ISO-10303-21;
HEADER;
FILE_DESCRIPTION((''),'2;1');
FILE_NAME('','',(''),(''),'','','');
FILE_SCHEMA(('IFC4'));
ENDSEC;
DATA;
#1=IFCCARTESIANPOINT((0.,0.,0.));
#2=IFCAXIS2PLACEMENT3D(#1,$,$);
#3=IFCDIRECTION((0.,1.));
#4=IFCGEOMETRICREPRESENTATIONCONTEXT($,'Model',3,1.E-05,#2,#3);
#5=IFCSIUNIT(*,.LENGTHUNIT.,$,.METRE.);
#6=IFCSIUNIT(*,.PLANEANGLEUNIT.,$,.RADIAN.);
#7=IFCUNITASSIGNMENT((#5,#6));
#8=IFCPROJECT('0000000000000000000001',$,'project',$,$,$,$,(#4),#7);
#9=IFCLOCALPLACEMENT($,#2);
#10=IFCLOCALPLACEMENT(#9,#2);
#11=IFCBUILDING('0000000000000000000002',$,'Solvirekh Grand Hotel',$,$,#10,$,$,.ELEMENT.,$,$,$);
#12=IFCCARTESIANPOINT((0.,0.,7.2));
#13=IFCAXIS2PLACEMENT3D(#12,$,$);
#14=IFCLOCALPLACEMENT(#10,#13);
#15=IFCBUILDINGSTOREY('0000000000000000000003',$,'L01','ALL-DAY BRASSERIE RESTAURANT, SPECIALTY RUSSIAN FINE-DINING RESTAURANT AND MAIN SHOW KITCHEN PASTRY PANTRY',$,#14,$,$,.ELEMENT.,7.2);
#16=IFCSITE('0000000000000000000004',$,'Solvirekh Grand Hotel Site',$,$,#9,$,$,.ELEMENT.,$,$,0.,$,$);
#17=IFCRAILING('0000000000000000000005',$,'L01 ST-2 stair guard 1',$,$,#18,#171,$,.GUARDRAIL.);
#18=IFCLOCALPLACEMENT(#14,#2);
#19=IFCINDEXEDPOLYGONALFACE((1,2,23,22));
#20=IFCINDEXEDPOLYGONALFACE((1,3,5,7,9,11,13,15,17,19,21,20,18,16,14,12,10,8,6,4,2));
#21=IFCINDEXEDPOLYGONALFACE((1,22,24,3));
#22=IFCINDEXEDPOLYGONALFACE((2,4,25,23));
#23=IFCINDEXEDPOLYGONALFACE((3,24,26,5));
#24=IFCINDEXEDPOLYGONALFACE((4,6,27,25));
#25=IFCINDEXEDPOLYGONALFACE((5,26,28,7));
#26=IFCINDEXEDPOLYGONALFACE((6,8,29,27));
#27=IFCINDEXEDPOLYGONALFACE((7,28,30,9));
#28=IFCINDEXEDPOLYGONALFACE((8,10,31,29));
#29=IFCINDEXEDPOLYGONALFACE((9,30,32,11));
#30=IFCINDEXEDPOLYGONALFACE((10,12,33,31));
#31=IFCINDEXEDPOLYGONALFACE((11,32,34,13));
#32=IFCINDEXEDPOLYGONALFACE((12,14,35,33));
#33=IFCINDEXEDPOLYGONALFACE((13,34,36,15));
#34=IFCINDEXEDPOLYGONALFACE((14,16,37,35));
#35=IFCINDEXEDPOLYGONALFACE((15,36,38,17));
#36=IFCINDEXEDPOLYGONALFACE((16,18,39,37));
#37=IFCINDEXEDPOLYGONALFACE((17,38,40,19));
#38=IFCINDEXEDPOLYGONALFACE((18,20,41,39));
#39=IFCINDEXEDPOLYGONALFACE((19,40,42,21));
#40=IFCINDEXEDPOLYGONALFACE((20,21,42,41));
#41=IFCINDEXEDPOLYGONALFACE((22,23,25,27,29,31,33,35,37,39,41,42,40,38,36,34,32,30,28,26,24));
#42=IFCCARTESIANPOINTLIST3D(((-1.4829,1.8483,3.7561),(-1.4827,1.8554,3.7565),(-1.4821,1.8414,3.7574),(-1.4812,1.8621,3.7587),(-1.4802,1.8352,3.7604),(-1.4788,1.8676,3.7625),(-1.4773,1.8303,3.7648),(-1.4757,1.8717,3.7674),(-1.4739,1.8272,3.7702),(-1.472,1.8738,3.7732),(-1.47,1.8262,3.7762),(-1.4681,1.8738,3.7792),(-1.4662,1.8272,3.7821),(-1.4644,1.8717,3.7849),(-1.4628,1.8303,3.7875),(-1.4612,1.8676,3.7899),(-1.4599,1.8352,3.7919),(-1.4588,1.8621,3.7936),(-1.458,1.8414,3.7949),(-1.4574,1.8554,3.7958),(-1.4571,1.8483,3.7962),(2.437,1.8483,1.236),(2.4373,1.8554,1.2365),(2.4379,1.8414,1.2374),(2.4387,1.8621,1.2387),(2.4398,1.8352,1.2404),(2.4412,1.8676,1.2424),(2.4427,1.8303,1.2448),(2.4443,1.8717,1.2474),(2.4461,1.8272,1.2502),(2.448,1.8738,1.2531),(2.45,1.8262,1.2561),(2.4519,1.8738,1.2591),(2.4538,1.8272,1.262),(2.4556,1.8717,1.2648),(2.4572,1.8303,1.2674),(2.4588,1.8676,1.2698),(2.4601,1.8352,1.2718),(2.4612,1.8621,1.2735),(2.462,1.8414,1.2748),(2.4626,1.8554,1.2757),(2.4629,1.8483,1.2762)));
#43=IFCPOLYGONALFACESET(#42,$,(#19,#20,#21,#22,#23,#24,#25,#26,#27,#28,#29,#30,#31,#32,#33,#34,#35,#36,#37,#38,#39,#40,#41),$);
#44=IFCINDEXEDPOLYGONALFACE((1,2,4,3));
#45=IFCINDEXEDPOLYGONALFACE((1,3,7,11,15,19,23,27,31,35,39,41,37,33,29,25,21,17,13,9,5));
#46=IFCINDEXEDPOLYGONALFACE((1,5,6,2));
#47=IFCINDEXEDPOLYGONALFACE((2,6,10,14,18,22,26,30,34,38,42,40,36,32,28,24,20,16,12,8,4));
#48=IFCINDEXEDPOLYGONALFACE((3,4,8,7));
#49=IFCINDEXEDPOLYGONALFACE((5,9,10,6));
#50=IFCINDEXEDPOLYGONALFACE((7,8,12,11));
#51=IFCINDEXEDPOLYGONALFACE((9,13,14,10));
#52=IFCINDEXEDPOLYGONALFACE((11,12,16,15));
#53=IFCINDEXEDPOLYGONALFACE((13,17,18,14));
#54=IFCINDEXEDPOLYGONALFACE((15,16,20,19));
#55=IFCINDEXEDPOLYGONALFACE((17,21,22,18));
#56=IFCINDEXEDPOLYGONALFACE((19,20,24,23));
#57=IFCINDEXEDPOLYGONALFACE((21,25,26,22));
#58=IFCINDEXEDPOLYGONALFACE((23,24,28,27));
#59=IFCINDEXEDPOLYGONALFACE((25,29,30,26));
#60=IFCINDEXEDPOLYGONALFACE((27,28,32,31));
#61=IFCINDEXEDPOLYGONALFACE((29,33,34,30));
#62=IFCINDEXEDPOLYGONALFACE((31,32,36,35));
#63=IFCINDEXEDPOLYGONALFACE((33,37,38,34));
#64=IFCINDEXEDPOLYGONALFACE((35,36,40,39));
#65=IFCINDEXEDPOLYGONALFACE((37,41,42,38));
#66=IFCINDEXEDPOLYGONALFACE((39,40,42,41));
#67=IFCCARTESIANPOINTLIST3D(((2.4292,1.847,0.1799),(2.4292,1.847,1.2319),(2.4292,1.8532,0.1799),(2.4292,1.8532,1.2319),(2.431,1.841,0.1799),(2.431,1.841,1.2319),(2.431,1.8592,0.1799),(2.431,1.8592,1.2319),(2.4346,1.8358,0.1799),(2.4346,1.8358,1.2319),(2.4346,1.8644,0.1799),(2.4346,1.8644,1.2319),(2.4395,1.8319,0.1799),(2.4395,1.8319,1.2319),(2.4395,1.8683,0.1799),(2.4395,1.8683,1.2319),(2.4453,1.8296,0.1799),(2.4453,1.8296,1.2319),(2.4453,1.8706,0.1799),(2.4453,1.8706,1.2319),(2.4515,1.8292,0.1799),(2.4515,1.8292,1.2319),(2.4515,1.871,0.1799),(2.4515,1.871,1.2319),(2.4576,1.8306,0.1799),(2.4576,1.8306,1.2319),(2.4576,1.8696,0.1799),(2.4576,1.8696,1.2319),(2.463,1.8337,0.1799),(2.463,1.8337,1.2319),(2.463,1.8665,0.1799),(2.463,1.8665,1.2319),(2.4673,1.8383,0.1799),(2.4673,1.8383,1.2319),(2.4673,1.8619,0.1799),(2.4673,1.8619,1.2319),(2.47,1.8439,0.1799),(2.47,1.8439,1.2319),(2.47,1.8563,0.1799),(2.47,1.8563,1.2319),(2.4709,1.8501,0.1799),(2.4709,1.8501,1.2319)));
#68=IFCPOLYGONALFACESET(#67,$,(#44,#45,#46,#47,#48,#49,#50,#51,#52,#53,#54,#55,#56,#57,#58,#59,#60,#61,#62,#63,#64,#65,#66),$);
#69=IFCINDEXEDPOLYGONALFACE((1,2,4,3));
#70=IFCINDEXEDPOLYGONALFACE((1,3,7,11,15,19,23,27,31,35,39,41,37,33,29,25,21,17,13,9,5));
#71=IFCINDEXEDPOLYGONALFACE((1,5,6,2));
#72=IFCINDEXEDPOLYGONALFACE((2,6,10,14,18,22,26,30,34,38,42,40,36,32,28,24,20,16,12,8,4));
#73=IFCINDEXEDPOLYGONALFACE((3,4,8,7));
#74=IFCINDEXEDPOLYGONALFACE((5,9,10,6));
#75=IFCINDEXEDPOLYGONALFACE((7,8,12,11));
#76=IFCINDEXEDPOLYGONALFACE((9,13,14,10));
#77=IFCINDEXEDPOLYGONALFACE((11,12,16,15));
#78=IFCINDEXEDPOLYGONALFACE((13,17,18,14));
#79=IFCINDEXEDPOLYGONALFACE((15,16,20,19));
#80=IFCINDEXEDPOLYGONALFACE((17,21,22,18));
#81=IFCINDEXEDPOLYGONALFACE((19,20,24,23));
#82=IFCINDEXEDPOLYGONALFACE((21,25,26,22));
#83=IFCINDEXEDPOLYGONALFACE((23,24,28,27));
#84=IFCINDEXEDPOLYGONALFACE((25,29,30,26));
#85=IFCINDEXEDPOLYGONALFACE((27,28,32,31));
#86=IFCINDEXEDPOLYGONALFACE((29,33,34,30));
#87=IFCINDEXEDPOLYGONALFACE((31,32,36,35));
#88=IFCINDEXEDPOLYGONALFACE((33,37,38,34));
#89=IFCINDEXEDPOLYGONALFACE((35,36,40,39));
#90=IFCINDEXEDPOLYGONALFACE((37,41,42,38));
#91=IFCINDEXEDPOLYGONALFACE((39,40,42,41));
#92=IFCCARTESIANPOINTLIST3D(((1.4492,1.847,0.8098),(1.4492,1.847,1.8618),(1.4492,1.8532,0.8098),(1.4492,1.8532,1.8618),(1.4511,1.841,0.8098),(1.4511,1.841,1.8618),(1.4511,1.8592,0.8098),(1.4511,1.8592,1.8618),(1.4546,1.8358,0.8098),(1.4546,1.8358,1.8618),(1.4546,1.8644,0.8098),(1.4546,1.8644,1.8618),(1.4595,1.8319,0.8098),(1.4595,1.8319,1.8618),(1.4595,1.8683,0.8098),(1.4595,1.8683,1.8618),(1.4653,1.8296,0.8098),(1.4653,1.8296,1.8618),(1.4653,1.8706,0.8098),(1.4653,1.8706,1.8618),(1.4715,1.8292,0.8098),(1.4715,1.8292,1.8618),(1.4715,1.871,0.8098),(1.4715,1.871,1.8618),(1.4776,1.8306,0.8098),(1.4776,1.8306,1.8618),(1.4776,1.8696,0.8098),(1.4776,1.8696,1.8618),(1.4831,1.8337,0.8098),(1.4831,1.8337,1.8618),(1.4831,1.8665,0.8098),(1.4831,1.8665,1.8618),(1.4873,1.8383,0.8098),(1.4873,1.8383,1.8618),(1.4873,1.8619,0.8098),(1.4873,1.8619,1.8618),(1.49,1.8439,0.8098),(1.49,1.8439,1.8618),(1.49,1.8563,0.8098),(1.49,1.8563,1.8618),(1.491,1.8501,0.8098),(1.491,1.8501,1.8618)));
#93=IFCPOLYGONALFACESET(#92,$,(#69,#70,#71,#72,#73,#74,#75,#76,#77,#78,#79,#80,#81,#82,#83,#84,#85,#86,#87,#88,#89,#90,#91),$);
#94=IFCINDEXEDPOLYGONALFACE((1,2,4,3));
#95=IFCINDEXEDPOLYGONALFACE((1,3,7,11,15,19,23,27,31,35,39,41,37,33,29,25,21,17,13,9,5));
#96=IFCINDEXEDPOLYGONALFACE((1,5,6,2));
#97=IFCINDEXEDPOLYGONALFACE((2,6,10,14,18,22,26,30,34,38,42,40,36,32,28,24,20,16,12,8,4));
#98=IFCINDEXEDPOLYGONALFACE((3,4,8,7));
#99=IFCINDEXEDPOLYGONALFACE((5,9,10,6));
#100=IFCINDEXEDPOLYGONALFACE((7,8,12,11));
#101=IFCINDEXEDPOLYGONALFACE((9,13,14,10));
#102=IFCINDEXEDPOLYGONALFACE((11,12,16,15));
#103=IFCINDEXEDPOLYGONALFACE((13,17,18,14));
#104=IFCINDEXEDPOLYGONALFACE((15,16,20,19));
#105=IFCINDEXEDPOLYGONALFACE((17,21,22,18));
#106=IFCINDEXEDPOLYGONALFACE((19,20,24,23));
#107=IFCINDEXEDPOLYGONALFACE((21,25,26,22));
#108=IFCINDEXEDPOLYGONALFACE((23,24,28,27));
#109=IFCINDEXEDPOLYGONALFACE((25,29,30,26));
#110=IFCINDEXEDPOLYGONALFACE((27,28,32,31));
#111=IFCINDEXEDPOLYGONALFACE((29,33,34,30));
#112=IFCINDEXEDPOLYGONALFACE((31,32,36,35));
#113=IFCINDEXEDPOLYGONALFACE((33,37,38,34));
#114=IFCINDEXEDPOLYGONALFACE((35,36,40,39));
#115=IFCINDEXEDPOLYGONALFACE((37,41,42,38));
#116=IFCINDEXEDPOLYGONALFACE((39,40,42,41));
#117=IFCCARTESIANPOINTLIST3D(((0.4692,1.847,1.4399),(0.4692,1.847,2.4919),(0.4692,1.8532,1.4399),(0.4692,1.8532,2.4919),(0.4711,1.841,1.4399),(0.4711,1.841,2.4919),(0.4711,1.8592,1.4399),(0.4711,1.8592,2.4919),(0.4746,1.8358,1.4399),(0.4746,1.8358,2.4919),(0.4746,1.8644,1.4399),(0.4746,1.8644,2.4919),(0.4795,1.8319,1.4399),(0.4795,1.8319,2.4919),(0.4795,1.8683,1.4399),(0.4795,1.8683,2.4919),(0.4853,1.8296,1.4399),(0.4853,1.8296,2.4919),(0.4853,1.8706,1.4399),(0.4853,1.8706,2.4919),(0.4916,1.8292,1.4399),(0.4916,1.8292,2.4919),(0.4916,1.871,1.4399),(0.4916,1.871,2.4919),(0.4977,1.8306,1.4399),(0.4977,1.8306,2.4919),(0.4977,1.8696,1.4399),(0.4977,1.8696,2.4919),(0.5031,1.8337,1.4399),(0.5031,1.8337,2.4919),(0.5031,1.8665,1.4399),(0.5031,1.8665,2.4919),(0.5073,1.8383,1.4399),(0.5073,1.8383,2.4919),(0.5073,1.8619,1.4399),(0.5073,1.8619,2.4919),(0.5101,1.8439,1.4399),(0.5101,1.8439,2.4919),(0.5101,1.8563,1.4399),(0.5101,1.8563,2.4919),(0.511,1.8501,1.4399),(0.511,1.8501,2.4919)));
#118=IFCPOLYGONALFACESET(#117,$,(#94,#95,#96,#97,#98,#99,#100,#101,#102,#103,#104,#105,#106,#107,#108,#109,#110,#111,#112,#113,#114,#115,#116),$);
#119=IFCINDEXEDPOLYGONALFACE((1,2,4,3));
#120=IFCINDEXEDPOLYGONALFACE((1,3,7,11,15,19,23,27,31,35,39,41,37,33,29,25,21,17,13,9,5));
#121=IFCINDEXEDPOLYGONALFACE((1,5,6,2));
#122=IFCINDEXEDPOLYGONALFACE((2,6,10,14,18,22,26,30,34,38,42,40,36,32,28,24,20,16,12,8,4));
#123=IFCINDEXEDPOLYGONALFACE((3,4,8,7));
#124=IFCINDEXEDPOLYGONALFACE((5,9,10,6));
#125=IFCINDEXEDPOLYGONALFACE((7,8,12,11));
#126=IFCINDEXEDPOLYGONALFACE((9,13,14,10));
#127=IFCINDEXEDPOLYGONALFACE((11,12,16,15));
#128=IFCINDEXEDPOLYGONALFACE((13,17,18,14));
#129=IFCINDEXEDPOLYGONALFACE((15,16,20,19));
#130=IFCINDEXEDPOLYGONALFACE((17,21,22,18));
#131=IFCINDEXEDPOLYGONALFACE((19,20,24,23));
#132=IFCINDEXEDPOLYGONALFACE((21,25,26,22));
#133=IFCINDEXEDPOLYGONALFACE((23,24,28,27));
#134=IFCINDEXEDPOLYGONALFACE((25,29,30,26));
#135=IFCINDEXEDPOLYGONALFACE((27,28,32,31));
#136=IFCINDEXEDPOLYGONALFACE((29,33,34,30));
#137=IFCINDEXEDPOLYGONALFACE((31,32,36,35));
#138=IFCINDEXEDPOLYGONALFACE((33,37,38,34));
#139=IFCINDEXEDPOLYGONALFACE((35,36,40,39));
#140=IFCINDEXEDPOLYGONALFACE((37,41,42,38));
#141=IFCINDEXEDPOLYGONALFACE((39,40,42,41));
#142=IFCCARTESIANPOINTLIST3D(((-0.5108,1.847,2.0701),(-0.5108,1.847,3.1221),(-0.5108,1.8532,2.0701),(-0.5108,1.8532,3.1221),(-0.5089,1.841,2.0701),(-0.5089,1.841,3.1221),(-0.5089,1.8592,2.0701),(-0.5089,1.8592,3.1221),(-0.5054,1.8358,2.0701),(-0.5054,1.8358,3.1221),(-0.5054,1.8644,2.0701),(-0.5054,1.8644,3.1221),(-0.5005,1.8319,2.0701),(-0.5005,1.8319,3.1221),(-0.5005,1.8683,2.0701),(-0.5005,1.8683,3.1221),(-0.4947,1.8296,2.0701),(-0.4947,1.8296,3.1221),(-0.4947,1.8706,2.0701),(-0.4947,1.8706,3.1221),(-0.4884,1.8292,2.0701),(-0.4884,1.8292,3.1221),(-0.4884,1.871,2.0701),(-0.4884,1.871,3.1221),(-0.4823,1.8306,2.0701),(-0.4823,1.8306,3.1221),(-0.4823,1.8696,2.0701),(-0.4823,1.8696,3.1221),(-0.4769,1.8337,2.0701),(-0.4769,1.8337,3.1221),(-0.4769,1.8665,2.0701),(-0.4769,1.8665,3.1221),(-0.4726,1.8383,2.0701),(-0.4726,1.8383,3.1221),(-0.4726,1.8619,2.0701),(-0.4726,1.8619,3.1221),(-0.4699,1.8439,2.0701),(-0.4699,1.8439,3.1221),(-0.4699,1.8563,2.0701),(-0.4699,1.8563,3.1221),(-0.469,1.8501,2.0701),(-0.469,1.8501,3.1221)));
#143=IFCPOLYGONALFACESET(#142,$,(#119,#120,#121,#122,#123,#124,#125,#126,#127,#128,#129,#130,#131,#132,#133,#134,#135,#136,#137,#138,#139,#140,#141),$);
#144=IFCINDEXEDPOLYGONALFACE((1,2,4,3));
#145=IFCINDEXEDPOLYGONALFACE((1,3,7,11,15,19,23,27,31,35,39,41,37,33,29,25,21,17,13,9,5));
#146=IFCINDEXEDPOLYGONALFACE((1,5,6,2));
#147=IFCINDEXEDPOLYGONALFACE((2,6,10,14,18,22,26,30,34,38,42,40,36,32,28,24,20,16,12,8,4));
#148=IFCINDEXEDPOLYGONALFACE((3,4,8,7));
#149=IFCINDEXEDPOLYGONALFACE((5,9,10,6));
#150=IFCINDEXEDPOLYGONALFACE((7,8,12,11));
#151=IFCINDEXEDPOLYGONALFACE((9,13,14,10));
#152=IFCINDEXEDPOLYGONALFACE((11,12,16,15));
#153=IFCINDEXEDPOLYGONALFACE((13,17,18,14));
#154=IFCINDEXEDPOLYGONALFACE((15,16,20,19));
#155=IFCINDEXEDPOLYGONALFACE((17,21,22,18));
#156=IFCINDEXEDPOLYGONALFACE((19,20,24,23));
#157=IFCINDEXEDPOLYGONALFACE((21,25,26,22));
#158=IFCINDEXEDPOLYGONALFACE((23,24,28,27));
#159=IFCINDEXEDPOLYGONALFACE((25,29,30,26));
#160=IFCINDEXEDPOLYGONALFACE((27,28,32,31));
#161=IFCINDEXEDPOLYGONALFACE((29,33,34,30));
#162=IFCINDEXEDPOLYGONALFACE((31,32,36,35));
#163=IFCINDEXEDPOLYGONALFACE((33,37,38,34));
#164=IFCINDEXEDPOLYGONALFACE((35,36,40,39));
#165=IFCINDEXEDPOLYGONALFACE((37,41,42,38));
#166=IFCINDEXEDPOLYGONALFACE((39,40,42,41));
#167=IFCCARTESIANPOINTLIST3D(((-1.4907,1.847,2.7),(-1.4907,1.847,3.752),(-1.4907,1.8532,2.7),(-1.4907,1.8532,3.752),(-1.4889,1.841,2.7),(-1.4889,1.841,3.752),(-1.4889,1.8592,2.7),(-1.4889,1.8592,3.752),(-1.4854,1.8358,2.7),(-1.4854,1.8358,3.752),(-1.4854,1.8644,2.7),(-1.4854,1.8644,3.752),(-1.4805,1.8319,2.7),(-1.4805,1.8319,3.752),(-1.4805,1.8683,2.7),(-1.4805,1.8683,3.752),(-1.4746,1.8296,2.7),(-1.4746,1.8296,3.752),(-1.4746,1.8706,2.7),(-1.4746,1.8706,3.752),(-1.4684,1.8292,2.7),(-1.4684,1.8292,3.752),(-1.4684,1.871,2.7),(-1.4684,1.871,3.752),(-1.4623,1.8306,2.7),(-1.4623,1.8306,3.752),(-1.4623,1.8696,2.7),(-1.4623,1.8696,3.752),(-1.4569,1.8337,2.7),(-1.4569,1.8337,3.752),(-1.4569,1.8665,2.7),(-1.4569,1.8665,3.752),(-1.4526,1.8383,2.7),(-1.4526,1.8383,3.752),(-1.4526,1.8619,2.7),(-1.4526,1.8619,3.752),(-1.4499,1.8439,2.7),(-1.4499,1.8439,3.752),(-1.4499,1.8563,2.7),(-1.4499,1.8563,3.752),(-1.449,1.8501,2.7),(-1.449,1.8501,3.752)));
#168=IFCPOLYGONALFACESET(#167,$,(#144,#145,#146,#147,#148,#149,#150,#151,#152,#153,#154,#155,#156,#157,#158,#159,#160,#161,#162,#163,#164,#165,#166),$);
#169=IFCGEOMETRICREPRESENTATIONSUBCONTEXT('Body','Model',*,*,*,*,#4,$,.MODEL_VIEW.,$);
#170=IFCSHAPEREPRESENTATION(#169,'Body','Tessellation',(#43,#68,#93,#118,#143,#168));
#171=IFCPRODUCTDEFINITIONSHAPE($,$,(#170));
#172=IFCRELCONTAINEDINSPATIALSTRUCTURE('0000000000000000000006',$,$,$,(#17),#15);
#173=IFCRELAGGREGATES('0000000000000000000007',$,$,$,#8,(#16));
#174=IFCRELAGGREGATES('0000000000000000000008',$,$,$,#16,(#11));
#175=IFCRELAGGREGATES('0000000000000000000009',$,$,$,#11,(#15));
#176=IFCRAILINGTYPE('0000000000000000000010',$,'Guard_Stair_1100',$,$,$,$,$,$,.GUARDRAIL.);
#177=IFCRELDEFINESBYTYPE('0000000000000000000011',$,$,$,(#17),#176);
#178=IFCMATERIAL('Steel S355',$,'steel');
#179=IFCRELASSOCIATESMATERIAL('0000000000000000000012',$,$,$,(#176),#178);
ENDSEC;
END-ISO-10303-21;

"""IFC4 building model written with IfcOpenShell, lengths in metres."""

from ifc_helpers import new_model, si_unit, direction, frame, origin, origin_2d, place, context, subcontext, project, spatial, circle, extrude, material, type_object, element, save


model = new_model("IFC4")

# Units and contexts
model_context = context("Model", 3, precision=1e-05, world=origin(), true_north=direction((0.0, 1.0)))
body_context = subcontext(model_context, "Body", "Model", "MODEL_VIEW")
ifc_project = project(units=[si_unit("LENGTHUNIT", "METRE"), si_unit("PLANEANGLEUNIT", "RADIAN")], contexts=[model_context])

# Site, building, storey
site_placement = place(None, origin())
site = spatial("IfcSite", under=ifc_project, at=site_placement, Name="Solvirekh Grand Hotel Site", CompositionType="ELEMENT", RefElevation=0.0)
building_placement = place(site_placement, origin())
building = spatial("IfcBuilding", under=site, at=building_placement, Name="Solvirekh Grand Hotel", CompositionType="ELEMENT")
storey_placement = place(building_placement, frame((0.0, 0.0, 7.2)))
storey = spatial("IfcBuildingStorey", under=building, at=storey_placement, Name="L01", Description="ALL-DAY BRASSERIE RESTAURANT, SPECIALTY RUSSIAN FINE-DINING RESTAURANT AND MAIN SHOW KITCHEN PASTRY PANTRY", CompositionType="ELEMENT", Elevation=7.2)

# Railing
ifc_material_1 = material(Name="Steel S355", Category="steel")
railing_type_1 = type_object("IfcRailingType", Name="Guard_Stair_1100", PredefinedType="GUARDRAIL", material=ifc_material_1)
railing_1_placement = place(storey_placement, frame((2.45, 1.8501, 0.1799)))
element("IfcRailing", 1, at=railing_1_placement, inside=storey, type_object=railing_type_1, Name="L01 ST-2 stair guard 1", PredefinedType="GUARDRAIL", context=body_context, shape_type="SweptSolid", body=[
    extrude(circle(Radius=0.0239, at=origin_2d()), frame((0.0, 0.0, 1.0762), z_axis=(-0.841172, 0.0, 0.540768), x_axis=(0.0, -1.0, 0.0)), (0.0, 0.0, 1.0), 4.6602),
    extrude(circle(Radius=0.021, at=origin_2d()), origin(), (0.0, 0.0, 1.0), 1.052),
    extrude(circle(Radius=0.021, at=origin_2d()), frame((-0.98, 0.0, 0.6299)), (0.0, 0.0, 1.0), 1.052),
    extrude(circle(Radius=0.021, at=origin_2d()), frame((-1.96, 0.0, 1.26)), (0.0, 0.0, 1.0), 1.052),
    extrude(circle(Radius=0.021, at=origin_2d()), frame((-2.9399, 0.0, 1.8901)), (0.0, 0.0, 1.0), 1.052),
    extrude(circle(Radius=0.021, at=origin_2d()), frame((-3.9199, 0.0, 2.52)), (0.0, 0.0, 1.0), 1.052),
])

save(model, "model.ifc")
